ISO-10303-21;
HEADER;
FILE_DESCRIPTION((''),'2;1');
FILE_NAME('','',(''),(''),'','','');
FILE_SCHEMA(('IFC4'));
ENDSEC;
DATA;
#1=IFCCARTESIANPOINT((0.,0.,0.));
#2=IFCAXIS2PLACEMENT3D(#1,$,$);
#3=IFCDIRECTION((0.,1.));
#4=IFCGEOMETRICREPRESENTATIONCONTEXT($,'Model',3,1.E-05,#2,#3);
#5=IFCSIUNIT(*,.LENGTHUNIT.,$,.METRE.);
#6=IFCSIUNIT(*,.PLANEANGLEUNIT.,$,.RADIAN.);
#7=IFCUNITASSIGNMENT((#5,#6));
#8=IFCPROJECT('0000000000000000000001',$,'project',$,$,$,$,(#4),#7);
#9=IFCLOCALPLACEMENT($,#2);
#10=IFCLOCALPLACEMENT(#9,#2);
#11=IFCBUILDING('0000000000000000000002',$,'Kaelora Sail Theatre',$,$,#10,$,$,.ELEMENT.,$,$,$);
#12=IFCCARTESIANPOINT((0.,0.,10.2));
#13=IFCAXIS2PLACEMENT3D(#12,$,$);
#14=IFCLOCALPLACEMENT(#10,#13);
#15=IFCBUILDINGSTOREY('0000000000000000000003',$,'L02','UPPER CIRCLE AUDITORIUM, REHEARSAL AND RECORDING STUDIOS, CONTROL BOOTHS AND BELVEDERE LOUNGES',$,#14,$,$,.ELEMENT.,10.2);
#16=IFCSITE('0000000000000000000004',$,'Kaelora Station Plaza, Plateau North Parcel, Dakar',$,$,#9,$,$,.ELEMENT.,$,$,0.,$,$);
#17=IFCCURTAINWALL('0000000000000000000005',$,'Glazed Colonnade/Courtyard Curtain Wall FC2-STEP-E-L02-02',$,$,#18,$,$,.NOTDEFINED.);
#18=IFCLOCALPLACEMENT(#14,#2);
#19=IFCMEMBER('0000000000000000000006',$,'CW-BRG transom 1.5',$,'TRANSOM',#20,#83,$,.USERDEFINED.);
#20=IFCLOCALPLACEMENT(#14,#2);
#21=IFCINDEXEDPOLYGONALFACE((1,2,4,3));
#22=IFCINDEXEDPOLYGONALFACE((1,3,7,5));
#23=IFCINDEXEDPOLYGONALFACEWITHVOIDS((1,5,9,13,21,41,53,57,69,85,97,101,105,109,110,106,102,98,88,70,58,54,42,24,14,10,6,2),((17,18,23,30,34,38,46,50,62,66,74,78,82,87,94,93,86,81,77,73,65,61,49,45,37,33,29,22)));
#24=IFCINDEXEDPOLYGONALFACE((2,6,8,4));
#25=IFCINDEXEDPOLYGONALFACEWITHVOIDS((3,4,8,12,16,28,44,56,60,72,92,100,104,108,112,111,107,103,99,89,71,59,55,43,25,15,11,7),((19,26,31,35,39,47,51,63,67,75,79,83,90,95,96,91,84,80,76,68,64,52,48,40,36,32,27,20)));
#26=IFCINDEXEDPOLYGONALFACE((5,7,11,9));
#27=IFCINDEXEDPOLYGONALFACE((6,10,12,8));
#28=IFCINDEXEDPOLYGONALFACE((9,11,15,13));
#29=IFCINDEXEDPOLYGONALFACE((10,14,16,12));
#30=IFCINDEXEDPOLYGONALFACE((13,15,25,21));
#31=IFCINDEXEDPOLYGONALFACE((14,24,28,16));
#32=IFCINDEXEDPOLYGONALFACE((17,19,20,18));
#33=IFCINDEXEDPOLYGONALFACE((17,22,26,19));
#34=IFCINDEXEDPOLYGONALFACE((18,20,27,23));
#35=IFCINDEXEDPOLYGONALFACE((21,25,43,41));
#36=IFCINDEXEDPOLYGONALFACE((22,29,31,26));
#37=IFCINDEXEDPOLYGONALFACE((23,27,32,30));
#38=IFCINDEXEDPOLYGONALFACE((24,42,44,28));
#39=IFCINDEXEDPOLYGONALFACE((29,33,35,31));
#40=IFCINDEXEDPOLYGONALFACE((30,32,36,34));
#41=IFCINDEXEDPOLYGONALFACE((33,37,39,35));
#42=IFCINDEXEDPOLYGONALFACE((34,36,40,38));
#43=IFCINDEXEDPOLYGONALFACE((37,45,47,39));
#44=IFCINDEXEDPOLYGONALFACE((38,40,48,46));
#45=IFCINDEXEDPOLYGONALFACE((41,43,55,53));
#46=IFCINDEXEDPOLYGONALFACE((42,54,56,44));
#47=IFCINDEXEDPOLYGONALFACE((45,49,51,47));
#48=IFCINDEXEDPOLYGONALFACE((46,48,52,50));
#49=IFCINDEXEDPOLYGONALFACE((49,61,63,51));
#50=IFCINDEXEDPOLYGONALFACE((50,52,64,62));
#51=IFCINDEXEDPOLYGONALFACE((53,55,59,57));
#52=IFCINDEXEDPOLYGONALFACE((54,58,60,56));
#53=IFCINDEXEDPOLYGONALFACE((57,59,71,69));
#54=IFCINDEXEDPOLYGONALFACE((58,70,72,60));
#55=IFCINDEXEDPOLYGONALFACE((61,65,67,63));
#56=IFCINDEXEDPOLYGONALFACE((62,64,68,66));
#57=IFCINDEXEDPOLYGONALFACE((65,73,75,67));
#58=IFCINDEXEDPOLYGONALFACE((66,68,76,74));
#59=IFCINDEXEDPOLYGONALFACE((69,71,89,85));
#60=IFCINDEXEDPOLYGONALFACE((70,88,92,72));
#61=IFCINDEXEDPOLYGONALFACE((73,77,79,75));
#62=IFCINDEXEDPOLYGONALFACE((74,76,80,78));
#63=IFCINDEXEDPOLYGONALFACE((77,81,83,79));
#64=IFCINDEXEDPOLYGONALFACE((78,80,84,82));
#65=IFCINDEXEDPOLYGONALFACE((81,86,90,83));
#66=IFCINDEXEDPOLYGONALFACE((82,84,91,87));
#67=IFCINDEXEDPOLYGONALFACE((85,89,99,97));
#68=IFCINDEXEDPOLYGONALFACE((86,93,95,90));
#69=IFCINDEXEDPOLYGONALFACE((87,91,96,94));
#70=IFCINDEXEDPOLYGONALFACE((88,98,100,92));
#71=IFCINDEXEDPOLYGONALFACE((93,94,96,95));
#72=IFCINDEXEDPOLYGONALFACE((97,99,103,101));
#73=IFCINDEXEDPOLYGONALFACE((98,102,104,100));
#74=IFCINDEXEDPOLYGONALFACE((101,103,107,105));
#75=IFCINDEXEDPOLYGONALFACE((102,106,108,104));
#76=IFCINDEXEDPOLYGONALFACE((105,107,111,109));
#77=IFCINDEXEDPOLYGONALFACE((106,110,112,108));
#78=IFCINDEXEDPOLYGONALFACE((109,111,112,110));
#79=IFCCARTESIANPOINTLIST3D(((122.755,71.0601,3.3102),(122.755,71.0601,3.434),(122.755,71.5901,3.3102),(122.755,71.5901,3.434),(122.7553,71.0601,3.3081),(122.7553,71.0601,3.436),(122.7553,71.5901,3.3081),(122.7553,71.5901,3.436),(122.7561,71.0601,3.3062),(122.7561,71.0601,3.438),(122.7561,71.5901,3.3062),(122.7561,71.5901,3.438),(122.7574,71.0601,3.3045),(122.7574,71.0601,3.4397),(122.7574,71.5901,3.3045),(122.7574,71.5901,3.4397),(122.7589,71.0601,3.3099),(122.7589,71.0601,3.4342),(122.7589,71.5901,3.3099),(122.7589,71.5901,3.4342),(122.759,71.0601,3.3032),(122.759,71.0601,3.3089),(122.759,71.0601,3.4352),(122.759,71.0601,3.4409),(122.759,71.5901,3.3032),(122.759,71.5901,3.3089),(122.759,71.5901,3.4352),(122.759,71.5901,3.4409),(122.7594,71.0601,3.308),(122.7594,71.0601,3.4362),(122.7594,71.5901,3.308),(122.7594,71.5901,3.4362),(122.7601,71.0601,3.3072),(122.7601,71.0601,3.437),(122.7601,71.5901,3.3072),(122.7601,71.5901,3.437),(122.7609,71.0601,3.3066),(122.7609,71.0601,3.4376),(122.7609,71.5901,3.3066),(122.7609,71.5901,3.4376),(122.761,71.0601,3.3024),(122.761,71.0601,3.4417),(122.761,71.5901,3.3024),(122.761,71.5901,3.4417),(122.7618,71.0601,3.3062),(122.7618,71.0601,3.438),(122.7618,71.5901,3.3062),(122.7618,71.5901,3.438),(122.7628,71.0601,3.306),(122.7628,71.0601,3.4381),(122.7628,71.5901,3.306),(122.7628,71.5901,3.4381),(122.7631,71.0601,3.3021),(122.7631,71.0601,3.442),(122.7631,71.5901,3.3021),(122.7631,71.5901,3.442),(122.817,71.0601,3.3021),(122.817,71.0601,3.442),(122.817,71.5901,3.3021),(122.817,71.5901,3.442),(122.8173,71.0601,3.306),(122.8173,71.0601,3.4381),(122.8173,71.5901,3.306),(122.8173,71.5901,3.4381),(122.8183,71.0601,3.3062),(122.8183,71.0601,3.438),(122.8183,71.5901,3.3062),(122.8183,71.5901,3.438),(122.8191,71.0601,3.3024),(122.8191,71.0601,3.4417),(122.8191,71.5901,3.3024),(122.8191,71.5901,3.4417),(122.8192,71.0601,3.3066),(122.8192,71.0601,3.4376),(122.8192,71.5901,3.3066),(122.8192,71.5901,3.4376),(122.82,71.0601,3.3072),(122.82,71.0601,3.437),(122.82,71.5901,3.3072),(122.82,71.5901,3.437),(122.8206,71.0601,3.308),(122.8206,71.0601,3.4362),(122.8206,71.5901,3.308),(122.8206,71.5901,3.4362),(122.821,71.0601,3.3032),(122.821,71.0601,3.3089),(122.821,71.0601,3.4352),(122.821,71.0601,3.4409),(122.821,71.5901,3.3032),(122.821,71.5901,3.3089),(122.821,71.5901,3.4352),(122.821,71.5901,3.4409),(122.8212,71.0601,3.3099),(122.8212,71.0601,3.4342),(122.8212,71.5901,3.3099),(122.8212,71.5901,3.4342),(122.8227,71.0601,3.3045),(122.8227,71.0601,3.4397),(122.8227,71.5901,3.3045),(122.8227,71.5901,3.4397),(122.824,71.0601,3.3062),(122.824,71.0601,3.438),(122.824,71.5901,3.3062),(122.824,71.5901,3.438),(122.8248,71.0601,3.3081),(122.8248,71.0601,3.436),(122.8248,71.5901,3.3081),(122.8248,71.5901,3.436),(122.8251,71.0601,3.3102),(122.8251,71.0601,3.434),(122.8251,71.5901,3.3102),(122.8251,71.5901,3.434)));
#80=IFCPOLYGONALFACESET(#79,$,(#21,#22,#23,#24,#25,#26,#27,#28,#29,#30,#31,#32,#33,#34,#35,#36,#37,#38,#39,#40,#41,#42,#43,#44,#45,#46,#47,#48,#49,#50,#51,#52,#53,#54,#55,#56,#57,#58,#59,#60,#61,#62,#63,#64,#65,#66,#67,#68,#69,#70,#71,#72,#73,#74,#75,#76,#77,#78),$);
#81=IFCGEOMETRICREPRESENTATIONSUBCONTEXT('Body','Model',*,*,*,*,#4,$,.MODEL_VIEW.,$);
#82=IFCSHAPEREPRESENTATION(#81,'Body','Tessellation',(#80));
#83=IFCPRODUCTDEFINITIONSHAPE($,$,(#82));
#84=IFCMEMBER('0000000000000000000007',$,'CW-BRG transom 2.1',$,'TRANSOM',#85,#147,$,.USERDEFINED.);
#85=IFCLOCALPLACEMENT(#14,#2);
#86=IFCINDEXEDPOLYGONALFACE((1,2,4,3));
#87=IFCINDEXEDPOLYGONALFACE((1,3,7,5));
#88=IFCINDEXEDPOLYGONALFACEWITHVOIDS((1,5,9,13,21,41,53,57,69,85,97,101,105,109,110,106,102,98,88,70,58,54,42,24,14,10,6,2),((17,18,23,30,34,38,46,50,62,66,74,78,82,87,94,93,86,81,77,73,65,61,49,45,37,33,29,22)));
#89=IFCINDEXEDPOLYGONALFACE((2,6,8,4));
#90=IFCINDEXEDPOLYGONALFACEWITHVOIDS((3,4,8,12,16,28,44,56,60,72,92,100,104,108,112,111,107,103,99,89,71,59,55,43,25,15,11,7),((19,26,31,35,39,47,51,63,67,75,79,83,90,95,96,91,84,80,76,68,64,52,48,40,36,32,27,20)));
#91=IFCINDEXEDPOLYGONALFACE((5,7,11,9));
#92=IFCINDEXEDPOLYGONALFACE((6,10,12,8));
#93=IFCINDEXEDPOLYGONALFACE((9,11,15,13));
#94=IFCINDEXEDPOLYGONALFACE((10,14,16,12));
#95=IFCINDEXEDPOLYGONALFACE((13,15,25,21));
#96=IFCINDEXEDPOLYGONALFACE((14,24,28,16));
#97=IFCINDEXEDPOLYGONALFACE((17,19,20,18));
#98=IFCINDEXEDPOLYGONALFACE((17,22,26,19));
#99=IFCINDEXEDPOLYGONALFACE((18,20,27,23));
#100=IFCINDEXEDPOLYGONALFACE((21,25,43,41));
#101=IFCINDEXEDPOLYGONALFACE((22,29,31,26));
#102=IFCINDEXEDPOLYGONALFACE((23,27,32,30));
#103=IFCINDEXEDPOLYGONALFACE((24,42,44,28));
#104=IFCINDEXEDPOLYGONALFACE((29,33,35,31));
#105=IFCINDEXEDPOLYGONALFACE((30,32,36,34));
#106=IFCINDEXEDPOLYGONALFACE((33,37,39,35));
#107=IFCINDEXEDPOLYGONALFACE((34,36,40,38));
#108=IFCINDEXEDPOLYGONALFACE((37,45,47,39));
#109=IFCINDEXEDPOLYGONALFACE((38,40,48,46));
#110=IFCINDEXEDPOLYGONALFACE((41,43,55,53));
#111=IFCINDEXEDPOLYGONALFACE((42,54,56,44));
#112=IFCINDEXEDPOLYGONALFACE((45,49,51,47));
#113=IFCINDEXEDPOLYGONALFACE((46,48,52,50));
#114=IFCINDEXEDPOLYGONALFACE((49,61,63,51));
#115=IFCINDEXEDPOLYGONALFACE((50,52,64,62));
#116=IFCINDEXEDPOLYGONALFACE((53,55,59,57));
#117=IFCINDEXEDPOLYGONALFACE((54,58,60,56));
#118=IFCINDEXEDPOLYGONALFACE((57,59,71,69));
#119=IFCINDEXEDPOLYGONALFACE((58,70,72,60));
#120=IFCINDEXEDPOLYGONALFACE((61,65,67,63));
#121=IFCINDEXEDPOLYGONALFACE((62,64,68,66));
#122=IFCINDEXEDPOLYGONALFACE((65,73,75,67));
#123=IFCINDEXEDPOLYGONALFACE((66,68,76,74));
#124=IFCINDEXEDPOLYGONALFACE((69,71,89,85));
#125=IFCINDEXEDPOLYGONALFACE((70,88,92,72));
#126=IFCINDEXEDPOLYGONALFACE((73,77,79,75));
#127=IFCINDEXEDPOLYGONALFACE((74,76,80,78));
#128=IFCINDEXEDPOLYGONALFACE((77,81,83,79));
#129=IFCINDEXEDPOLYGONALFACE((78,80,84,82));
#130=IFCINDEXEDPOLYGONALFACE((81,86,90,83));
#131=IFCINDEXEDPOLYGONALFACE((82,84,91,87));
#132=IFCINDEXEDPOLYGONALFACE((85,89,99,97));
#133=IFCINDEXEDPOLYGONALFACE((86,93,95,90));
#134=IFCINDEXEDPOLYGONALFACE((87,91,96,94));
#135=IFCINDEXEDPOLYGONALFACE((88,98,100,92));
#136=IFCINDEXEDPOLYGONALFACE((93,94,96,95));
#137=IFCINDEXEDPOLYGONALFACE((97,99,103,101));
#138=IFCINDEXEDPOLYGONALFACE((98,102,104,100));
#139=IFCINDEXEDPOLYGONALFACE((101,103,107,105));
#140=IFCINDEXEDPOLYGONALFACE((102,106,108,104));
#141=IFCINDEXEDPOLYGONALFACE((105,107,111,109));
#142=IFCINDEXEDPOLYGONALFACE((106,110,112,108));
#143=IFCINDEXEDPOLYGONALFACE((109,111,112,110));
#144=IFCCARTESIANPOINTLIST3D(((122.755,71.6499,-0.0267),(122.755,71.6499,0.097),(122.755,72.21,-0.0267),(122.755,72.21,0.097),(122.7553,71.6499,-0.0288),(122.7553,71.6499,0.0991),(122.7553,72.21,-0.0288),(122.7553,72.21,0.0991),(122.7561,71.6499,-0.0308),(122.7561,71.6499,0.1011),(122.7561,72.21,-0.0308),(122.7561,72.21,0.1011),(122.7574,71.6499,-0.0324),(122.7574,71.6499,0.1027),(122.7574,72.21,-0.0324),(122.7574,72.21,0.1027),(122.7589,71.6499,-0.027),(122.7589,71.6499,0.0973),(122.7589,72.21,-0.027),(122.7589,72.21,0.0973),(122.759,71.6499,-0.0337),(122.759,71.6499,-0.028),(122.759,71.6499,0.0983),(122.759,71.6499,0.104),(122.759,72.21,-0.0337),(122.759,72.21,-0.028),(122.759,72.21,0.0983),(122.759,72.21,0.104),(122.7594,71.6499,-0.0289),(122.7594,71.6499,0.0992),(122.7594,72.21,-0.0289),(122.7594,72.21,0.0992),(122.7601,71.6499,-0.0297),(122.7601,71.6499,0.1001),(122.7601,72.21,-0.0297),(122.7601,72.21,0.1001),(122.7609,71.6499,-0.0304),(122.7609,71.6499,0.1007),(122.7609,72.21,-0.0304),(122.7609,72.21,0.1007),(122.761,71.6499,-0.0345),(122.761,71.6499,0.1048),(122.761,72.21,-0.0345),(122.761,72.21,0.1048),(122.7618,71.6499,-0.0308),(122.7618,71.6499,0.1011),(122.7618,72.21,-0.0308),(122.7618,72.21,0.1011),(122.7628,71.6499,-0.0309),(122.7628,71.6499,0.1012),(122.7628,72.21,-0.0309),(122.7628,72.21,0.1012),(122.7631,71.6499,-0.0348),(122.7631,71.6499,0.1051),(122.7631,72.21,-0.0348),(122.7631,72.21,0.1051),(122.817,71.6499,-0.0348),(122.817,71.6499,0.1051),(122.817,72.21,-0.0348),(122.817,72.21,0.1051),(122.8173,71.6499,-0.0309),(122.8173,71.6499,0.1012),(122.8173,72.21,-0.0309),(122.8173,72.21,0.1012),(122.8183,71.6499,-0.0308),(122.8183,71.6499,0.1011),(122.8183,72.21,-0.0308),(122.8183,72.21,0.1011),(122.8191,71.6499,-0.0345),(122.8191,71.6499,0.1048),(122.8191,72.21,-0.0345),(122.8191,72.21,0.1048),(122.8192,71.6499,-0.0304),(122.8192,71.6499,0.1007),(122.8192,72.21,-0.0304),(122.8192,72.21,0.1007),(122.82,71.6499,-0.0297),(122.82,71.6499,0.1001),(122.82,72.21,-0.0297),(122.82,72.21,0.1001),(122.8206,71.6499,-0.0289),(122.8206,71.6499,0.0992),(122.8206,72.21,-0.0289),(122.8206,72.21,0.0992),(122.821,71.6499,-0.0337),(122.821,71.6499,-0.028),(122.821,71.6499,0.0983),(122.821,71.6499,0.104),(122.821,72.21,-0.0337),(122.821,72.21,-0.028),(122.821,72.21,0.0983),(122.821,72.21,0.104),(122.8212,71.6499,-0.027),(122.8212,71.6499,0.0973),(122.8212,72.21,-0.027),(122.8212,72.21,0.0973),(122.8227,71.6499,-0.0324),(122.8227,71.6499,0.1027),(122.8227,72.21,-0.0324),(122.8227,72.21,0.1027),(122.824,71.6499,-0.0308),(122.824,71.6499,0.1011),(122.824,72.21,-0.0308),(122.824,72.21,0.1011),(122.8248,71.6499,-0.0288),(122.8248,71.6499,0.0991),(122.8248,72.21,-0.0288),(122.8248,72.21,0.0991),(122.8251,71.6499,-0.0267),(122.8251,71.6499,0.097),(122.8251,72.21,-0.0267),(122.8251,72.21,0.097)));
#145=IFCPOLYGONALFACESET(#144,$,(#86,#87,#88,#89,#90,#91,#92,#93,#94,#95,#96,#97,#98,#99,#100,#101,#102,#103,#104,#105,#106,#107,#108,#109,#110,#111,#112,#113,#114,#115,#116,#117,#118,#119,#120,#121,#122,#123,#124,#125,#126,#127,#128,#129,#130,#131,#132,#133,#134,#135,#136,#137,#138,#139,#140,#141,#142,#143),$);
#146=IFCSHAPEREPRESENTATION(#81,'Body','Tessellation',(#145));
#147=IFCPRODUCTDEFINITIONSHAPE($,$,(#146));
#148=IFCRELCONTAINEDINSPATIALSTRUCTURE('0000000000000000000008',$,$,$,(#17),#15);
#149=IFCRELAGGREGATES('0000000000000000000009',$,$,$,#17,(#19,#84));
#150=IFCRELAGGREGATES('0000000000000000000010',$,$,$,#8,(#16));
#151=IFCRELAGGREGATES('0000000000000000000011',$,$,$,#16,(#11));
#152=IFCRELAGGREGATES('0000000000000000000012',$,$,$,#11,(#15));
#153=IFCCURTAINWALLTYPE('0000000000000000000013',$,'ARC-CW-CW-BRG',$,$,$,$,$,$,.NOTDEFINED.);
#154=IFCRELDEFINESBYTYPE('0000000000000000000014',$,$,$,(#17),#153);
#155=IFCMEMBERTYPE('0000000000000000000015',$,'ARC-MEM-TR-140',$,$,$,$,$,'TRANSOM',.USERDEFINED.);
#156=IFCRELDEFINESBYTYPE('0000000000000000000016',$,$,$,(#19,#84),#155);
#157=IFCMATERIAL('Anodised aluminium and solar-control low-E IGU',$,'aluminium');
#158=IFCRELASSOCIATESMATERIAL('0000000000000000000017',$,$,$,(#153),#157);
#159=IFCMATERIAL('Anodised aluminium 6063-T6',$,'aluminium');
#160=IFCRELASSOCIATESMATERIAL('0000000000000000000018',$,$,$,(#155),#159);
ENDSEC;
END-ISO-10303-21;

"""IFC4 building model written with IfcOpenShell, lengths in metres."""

from ifc_helpers import new_model, si_unit, direction, frame, origin, origin_2d, place, context, subcontext, project, spatial, hollow_rectangle, extrude, material, material_profile, profile_set, type_object, element, aggregate, save


model = new_model("IFC4")

# Units and contexts
model_context = context("Model", 3, precision=1e-05, world=origin(), true_north=direction((0.0, 1.0)))
body_context = subcontext(model_context, "Body", "Model", "MODEL_VIEW")
ifc_project = project(units=[si_unit("LENGTHUNIT", "METRE"), si_unit("PLANEANGLEUNIT", "RADIAN")], contexts=[model_context])

# Site, building, storey
site_placement = place(None, origin())
site = spatial("IfcSite", under=ifc_project, at=site_placement, Name="Kaelora Station Plaza, Plateau North Parcel, Dakar", CompositionType="ELEMENT", RefElevation=0.0)
building_placement = place(site_placement, origin())
building = spatial("IfcBuilding", under=site, at=building_placement, Name="Kaelora Sail Theatre", CompositionType="ELEMENT")
storey_placement = place(building_placement, frame((0.0, 0.0, 10.2)))
storey = spatial("IfcBuildingStorey", under=building, at=storey_placement, Name="L02", Description="UPPER CIRCLE AUDITORIUM, REHEARSAL AND RECORDING STUDIOS, CONTROL BOOTHS AND BELVEDERE LOUNGES", CompositionType="ELEMENT", Elevation=10.2)

# Curtain wall, members
ifc_material_1 = material(Name="Anodised aluminium and solar-control low-E IGU", Category="aluminium")
curtain_wall_type = type_object("IfcCurtainWallType", Name="ARC-CW-CW-BRG", PredefinedType="NOTDEFINED", material=ifc_material_1)
curtain_wall_placement = place(storey_placement, origin())
curtain_wall = element("IfcCurtainWall", 1, at=curtain_wall_placement, inside=storey, type_object=curtain_wall_type, Name="Glazed Colonnade/Courtyard Curtain Wall FC2-STEP-E-L02-02", PredefinedType="NOTDEFINED")
ifc_material_2 = material(Name="Anodised aluminium 6063-T6", Category="aluminium")
ifc_material_profile_1 = material_profile(ifc_material_2, hollow_rectangle(XDim=0.0701, YDim=0.1399, WallThickness=0.0039, InnerFilletRadius=0.0039, OuterFilletRadius=0.0081, at=origin_2d()), Name="ALU-TRAN 70x140x4")
ifc_profile_set_1 = profile_set([ifc_material_profile_1], Name="Anodised aluminium 6063-T6")
member_type_1 = type_object("IfcMemberType", Name="ARC-MEM-TR-140", ElementType="TRANSOM", PredefinedType="USERDEFINED", material=ifc_profile_set_1)
member_1_placement = place(storey_placement, frame((122.79, 71.0601, 3.3721), z_axis=(0.0, 1.0, 0.0), x_axis=(-1.0, 0.0, 0.0)))
member_1 = element("IfcMember", 2, at=member_1_placement, type_object=member_type_1, Name="CW-BRG transom 1.5", ObjectType="TRANSOM", PredefinedType="USERDEFINED", context=body_context, shape_type="SweptSolid", body=[
    extrude(hollow_rectangle(XDim=0.0701, YDim=0.1399, WallThickness=0.0039, InnerFilletRadius=0.0039, OuterFilletRadius=0.0081, at=origin_2d()), origin(), (0.0, 0.0, 1.0), 0.53),
])
member_2_placement = place(storey_placement, frame((122.79, 71.6499, 0.0352), z_axis=(0.0, 1.0, 0.0), x_axis=(-1.0, 0.0, 0.0)))
member_2 = element("IfcMember", 3, at=member_2_placement, type_object=member_type_1, Name="CW-BRG transom 2.1", ObjectType="TRANSOM", PredefinedType="USERDEFINED", context=body_context, shape_type="SweptSolid", body=[
    extrude(hollow_rectangle(XDim=0.0701, YDim=0.1399, WallThickness=0.0039, InnerFilletRadius=0.0039, OuterFilletRadius=0.0081, at=origin_2d()), origin(), (0.0, 0.0, 1.0), 0.5601),
])
aggregate(curtain_wall, [member_1, member_2])

save(model, "model.ifc")
